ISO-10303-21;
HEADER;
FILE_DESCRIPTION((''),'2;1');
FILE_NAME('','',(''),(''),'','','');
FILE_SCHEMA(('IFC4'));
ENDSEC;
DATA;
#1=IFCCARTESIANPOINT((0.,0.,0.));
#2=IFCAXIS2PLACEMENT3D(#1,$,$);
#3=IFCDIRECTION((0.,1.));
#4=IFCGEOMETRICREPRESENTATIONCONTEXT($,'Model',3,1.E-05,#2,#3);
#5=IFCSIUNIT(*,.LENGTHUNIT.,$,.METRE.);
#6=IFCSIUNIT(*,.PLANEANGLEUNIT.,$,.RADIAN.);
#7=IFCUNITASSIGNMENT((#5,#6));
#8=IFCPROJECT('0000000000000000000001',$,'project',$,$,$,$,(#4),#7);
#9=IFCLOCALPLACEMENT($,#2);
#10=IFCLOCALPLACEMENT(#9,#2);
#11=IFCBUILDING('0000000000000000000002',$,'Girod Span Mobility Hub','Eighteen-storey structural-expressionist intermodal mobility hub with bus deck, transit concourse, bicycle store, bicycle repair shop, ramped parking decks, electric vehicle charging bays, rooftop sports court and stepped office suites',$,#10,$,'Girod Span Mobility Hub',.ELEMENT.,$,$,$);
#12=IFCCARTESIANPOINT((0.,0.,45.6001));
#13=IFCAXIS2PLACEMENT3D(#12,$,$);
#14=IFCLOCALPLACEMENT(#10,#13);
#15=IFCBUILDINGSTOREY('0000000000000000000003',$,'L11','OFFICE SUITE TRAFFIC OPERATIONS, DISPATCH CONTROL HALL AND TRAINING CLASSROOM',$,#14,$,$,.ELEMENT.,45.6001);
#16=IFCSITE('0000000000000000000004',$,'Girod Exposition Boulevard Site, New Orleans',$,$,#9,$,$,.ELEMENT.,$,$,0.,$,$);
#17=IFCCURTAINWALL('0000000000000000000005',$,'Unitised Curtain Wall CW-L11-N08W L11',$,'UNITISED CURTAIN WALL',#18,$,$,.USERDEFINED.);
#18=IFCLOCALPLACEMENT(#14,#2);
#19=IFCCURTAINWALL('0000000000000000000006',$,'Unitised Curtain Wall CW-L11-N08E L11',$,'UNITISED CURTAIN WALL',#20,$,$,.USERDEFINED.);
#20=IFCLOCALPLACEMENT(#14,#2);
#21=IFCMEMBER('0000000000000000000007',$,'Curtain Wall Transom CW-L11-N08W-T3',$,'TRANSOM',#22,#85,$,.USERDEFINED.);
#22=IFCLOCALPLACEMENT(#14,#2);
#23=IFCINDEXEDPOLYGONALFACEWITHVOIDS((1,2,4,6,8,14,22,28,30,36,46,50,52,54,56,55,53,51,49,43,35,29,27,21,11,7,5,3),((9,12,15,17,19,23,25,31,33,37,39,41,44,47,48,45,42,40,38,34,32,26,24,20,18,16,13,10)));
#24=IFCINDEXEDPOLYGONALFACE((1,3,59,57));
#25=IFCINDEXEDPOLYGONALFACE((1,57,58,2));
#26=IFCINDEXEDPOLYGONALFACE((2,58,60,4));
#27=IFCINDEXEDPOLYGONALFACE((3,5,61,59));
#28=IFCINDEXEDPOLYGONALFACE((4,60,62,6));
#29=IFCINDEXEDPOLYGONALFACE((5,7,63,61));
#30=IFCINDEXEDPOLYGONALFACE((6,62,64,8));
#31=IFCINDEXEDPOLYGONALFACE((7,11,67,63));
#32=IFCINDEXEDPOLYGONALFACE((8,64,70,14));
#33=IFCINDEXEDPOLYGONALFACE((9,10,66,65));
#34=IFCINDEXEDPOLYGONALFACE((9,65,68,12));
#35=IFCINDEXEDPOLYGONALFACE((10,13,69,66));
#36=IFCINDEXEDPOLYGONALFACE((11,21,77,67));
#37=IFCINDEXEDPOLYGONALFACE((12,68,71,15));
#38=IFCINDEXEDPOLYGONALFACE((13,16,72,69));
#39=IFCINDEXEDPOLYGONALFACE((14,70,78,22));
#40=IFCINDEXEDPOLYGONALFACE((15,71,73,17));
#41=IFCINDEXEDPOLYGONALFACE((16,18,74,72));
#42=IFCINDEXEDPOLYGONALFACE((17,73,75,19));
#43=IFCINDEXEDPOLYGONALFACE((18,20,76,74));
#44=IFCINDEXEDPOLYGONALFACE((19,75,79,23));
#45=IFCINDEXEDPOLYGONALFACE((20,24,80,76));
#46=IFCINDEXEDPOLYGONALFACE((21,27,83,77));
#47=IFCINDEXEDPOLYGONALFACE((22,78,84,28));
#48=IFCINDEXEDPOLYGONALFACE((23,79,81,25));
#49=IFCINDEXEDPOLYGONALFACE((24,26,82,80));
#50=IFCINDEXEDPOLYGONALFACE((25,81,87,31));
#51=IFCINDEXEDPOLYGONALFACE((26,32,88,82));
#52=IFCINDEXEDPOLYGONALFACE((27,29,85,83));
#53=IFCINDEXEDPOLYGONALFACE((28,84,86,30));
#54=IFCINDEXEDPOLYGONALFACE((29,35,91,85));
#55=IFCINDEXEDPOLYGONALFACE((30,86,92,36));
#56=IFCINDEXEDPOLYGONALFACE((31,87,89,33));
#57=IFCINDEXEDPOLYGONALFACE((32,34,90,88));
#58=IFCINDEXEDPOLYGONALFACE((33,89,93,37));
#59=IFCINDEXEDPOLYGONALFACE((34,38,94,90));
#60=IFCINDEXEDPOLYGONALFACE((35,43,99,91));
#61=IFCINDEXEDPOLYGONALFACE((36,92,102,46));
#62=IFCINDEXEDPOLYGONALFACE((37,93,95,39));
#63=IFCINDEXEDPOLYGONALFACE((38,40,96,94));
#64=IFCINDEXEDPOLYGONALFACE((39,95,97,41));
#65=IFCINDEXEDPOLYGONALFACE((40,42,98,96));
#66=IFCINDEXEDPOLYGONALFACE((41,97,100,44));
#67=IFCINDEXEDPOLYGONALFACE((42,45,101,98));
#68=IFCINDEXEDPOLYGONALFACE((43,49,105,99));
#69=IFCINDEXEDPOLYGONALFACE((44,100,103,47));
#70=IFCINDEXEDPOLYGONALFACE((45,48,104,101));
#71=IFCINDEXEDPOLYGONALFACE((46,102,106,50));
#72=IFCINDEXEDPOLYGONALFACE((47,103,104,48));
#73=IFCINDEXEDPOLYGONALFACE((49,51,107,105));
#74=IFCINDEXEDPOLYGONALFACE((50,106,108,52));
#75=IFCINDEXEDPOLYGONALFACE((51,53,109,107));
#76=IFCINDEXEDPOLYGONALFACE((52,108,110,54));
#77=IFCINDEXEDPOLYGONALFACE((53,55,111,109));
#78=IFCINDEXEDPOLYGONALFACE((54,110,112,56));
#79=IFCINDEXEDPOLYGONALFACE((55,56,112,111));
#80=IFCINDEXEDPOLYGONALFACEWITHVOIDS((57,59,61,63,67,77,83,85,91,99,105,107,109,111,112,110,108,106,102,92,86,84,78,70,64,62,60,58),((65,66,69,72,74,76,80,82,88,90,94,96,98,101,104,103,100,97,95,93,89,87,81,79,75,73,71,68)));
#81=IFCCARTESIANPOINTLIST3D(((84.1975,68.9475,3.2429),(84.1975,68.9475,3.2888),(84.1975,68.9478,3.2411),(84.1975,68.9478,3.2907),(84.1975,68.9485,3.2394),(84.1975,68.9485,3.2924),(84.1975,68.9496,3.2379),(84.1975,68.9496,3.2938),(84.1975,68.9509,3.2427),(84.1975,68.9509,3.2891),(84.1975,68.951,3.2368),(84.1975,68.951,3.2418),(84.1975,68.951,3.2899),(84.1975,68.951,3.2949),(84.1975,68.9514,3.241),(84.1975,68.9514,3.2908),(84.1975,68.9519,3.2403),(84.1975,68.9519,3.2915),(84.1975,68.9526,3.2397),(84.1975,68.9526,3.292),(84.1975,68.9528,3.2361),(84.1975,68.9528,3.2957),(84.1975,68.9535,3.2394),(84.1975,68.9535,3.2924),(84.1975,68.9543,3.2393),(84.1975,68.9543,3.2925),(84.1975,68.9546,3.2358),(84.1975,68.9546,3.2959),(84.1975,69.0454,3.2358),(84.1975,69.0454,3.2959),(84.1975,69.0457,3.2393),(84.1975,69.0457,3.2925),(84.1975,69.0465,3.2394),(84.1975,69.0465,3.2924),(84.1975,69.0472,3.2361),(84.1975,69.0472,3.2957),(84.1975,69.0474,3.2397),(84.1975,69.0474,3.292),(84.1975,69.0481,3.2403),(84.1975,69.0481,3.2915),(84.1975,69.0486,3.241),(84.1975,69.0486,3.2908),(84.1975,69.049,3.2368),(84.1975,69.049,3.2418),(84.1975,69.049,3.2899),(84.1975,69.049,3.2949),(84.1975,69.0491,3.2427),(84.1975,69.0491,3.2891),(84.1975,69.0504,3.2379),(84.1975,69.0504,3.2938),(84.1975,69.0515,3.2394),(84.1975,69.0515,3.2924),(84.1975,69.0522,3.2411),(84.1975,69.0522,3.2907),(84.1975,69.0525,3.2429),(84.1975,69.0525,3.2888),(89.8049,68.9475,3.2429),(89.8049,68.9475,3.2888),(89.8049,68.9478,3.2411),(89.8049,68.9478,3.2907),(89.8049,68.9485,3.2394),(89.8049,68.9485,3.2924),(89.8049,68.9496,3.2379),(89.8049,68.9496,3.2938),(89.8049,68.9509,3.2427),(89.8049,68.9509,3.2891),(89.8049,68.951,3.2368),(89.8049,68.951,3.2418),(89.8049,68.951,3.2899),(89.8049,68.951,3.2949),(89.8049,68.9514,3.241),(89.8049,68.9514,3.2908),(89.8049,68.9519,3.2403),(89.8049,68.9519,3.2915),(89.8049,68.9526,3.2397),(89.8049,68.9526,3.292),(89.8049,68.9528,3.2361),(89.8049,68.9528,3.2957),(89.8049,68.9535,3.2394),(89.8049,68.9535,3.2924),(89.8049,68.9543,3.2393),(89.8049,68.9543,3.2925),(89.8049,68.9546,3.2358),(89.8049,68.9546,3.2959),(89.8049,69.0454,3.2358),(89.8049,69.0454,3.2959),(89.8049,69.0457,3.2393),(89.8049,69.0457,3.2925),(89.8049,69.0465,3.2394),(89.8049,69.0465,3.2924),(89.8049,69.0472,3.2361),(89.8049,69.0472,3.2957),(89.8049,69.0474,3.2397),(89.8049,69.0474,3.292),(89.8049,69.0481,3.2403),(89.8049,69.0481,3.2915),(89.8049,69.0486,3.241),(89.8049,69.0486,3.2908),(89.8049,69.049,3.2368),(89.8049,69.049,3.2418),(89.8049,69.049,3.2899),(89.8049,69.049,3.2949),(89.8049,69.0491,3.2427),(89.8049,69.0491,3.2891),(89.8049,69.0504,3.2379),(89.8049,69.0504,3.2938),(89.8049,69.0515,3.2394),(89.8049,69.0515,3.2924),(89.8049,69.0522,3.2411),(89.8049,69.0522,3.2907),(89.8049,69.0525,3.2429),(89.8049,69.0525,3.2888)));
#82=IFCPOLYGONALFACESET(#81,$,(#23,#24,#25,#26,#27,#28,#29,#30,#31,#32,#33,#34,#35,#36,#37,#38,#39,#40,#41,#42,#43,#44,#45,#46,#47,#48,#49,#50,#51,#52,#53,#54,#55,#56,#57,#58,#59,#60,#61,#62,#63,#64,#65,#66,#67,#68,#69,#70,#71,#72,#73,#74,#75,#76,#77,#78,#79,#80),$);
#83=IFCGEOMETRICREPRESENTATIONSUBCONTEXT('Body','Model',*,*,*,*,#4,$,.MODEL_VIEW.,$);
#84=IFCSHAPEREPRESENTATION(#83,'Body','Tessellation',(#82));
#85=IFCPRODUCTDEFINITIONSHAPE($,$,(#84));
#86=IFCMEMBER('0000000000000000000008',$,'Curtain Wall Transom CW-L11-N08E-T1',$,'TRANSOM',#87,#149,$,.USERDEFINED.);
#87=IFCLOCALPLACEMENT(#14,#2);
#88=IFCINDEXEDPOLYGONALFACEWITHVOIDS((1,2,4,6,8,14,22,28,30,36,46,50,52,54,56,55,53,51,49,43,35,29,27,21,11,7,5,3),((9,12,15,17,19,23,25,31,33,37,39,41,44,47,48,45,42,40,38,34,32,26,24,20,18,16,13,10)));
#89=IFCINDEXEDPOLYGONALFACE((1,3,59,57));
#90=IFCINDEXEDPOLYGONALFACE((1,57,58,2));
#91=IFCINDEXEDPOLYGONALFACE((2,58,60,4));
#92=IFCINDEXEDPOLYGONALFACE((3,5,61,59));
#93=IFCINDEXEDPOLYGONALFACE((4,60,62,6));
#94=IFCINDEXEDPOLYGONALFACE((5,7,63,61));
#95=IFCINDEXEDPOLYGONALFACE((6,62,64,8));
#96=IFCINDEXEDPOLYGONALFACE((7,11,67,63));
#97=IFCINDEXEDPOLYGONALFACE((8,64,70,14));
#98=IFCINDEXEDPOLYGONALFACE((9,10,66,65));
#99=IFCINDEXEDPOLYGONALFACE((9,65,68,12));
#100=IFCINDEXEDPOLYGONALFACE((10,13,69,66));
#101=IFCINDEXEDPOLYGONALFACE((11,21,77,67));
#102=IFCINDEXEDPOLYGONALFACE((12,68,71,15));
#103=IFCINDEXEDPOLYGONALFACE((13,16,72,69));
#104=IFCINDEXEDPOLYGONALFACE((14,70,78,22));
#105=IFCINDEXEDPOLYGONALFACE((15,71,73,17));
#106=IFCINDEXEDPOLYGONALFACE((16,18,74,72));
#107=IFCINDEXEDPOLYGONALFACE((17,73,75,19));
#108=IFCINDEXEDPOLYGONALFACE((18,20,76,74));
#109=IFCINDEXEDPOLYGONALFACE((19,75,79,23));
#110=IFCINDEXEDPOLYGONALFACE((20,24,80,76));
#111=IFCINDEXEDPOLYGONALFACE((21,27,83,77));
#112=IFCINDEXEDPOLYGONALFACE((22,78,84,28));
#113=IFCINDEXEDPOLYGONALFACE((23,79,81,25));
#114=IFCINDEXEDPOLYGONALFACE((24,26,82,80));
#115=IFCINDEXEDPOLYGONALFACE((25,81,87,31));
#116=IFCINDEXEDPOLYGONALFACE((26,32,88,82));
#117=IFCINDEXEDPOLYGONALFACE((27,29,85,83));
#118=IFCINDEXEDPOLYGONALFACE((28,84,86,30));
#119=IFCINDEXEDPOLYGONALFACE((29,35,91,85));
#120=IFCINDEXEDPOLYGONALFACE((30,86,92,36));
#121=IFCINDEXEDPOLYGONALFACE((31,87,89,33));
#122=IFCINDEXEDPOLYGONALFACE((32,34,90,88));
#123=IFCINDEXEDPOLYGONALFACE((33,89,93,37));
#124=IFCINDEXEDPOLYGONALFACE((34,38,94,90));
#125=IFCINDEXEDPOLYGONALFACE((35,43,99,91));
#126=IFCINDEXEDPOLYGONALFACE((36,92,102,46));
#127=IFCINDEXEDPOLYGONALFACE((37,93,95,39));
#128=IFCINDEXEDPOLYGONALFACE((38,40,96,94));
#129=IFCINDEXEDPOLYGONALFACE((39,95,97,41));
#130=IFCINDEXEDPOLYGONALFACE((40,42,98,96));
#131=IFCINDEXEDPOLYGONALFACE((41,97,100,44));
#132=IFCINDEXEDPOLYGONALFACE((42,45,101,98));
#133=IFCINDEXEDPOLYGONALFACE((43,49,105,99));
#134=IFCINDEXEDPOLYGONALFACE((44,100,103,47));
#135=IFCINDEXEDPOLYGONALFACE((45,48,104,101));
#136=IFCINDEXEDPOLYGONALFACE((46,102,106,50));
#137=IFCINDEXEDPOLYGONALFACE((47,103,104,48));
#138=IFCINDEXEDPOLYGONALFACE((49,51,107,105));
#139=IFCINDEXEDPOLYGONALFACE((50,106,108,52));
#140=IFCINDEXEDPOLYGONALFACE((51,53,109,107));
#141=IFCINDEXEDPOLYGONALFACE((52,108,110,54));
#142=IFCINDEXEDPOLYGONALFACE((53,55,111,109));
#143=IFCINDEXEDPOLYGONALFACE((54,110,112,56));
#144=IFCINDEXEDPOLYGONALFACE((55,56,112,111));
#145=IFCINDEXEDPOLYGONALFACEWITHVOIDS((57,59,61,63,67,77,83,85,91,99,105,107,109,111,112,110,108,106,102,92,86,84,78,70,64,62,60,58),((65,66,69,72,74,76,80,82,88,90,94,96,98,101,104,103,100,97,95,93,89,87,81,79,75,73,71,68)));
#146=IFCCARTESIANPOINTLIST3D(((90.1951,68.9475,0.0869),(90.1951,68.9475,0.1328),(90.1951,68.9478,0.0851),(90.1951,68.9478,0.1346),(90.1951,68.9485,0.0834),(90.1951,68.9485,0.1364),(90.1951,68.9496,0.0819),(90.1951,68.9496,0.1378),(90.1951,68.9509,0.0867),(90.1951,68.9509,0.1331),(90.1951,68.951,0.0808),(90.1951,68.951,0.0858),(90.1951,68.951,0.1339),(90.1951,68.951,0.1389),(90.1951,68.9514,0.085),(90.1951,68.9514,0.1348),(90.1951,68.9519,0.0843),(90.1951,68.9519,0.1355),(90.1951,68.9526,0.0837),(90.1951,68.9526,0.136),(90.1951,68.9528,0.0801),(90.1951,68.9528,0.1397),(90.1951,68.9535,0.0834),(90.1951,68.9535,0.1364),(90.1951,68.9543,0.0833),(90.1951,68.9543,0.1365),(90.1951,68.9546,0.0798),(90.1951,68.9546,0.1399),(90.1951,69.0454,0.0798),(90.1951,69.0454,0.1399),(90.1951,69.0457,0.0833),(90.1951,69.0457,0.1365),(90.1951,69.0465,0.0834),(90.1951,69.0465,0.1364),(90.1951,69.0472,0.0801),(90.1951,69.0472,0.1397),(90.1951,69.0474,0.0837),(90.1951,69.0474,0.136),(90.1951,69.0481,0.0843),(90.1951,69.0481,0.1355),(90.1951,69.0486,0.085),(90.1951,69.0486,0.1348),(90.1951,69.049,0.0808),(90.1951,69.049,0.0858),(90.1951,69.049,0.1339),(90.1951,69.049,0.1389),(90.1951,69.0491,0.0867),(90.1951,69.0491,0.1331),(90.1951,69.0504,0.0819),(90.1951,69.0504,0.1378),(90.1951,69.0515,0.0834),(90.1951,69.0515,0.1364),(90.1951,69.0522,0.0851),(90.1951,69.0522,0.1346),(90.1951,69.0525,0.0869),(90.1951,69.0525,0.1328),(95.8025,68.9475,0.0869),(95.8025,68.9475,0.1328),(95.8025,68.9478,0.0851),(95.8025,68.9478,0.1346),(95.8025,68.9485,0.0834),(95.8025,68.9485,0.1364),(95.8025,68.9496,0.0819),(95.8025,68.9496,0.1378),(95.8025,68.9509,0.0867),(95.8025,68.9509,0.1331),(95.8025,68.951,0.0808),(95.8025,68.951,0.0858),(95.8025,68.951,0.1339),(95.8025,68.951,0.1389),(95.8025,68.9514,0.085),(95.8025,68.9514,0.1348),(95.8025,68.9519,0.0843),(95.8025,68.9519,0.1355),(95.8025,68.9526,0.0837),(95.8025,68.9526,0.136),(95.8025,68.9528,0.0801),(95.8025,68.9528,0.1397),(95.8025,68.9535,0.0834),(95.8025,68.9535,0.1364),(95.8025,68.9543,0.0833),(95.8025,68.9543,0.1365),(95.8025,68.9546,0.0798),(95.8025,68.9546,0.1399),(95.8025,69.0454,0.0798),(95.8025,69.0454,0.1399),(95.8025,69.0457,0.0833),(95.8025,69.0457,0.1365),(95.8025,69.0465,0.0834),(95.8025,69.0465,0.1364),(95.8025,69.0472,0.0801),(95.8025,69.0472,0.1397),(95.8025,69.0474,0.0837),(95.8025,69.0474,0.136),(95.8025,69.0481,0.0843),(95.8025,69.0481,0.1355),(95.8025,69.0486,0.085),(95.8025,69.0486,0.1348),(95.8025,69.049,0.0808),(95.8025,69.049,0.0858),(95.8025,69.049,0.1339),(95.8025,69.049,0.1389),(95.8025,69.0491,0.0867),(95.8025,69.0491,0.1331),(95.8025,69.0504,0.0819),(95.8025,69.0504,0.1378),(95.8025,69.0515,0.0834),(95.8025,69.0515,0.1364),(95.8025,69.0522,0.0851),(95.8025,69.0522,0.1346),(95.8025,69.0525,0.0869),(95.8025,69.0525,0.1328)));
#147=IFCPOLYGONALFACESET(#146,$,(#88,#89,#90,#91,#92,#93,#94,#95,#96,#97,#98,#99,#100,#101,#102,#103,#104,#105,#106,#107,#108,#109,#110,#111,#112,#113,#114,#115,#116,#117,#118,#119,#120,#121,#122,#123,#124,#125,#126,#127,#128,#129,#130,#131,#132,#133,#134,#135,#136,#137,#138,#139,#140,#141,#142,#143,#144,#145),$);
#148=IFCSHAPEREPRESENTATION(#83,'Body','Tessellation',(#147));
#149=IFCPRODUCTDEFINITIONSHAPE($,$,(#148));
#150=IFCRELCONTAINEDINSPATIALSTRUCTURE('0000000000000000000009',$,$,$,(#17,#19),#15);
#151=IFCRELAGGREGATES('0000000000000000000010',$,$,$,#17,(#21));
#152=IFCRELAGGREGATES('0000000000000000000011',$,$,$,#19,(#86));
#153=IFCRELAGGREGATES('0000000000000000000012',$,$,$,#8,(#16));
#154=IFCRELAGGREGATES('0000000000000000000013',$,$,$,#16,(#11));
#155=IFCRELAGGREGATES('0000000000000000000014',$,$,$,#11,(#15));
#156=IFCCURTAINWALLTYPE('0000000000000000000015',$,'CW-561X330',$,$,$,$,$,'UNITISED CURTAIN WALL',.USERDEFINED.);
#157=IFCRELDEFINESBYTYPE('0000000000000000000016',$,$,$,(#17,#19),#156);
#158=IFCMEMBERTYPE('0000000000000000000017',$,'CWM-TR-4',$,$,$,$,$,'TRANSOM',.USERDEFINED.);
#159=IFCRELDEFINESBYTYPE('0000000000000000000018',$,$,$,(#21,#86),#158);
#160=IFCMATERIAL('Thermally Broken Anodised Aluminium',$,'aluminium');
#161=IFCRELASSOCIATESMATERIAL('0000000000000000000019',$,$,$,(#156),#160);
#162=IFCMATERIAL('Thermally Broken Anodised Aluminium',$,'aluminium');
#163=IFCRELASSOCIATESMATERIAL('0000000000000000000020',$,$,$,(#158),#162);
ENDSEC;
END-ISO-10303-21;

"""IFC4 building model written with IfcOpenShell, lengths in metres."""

from ifc_helpers import new_model, si_unit, direction, frame, origin, origin_2d, place, context, subcontext, project, spatial, hollow_rectangle, extrude, material, material_profile, profile_set, type_object, element, aggregate, save


model = new_model("IFC4")

# Units and contexts
model_context = context("Model", 3, precision=1e-05, world=origin(), true_north=direction((0.0, 1.0)))
body_context = subcontext(model_context, "Body", "Model", "MODEL_VIEW")
ifc_project = project(units=[si_unit("LENGTHUNIT", "METRE"), si_unit("PLANEANGLEUNIT", "RADIAN")], contexts=[model_context])

# Site, building, storey
site_placement = place(None, origin())
site = spatial("IfcSite", under=ifc_project, at=site_placement, Name="Girod Exposition Boulevard Site, New Orleans", CompositionType="ELEMENT", RefElevation=0.0)
building_placement = place(site_placement, origin())
building = spatial("IfcBuilding", under=site, at=building_placement, Name="Girod Span Mobility Hub", Description="Eighteen-storey structural-expressionist intermodal mobility hub with bus deck, transit concourse, bicycle store, bicycle repair shop, ramped parking decks, electric vehicle charging bays, rooftop sports court and stepped office suites", LongName="Girod Span Mobility Hub", CompositionType="ELEMENT")
storey_placement = place(building_placement, frame((0.0, 0.0, 45.6001)))
storey = spatial("IfcBuildingStorey", under=building, at=storey_placement, Name="L11", Description="OFFICE SUITE TRAFFIC OPERATIONS, DISPATCH CONTROL HALL AND TRAINING CLASSROOM", CompositionType="ELEMENT", Elevation=45.6001)

# Curtain walls
ifc_material_1 = material(Name="Thermally Broken Anodised Aluminium", Category="aluminium")
curtain_wall_type = type_object("IfcCurtainWallType", Name="CW-561X330", ElementType="UNITISED CURTAIN WALL", PredefinedType="USERDEFINED", material=ifc_material_1)
curtain_wall_1_placement = place(storey_placement, origin())
curtain_wall_1 = element("IfcCurtainWall", 1, at=curtain_wall_1_placement, inside=storey, type_object=curtain_wall_type, Name="Unitised Curtain Wall CW-L11-N08W L11", ObjectType="UNITISED CURTAIN WALL", PredefinedType="USERDEFINED")
curtain_wall_2_placement = place(storey_placement, origin())
curtain_wall_2 = element("IfcCurtainWall", 2, at=curtain_wall_2_placement, inside=storey, type_object=curtain_wall_type, Name="Unitised Curtain Wall CW-L11-N08E L11", ObjectType="UNITISED CURTAIN WALL", PredefinedType="USERDEFINED")

# Members
ifc_material_2 = material(Name="Thermally Broken Anodised Aluminium", Category="aluminium")
ifc_material_profile_1 = material_profile(ifc_material_2, hollow_rectangle(XDim=0.105, YDim=0.0601, WallThickness=0.0034, InnerFilletRadius=0.0034, OuterFilletRadius=0.0071, at=origin_2d()), Name="CW-TR-60X105")
ifc_profile_set_1 = profile_set([ifc_material_profile_1], Name="Thermally Broken Anodised Aluminium")
member_type_1 = type_object("IfcMemberType", Name="CWM-TR-4", ElementType="TRANSOM", PredefinedType="USERDEFINED", material=ifc_profile_set_1)
member_1_placement = place(storey_placement, frame((84.1975, 69.0, 3.2659), z_axis=(1.0, 0.0, 0.0), x_axis=(0.0, 1.0, 0.0)))
member_1 = element("IfcMember", 3, at=member_1_placement, type_object=member_type_1, Name="Curtain Wall Transom CW-L11-N08W-T3", ObjectType="TRANSOM", PredefinedType="USERDEFINED", context=body_context, shape_type="SweptSolid", body=[
    extrude(hollow_rectangle(XDim=0.105, YDim=0.0601, WallThickness=0.0034, InnerFilletRadius=0.0034, OuterFilletRadius=0.0071, at=origin_2d()), origin(), (0.0, 0.0, 1.0), 5.6074),
])
member_2_placement = place(storey_placement, frame((90.1951, 69.0, 0.1099), z_axis=(1.0, 0.0, 0.0), x_axis=(0.0, 1.0, 0.0)))
member_2 = element("IfcMember", 4, at=member_2_placement, type_object=member_type_1, Name="Curtain Wall Transom CW-L11-N08E-T1", ObjectType="TRANSOM", PredefinedType="USERDEFINED", context=body_context, shape_type="SweptSolid", body=[
    extrude(hollow_rectangle(XDim=0.105, YDim=0.0601, WallThickness=0.0034, InnerFilletRadius=0.0034, OuterFilletRadius=0.0071, at=origin_2d()), origin(), (0.0, 0.0, 1.0), 5.6074),
])

aggregate(curtain_wall_1, [member_1])
aggregate(curtain_wall_2, [member_2])

save(model, "model.ifc")
